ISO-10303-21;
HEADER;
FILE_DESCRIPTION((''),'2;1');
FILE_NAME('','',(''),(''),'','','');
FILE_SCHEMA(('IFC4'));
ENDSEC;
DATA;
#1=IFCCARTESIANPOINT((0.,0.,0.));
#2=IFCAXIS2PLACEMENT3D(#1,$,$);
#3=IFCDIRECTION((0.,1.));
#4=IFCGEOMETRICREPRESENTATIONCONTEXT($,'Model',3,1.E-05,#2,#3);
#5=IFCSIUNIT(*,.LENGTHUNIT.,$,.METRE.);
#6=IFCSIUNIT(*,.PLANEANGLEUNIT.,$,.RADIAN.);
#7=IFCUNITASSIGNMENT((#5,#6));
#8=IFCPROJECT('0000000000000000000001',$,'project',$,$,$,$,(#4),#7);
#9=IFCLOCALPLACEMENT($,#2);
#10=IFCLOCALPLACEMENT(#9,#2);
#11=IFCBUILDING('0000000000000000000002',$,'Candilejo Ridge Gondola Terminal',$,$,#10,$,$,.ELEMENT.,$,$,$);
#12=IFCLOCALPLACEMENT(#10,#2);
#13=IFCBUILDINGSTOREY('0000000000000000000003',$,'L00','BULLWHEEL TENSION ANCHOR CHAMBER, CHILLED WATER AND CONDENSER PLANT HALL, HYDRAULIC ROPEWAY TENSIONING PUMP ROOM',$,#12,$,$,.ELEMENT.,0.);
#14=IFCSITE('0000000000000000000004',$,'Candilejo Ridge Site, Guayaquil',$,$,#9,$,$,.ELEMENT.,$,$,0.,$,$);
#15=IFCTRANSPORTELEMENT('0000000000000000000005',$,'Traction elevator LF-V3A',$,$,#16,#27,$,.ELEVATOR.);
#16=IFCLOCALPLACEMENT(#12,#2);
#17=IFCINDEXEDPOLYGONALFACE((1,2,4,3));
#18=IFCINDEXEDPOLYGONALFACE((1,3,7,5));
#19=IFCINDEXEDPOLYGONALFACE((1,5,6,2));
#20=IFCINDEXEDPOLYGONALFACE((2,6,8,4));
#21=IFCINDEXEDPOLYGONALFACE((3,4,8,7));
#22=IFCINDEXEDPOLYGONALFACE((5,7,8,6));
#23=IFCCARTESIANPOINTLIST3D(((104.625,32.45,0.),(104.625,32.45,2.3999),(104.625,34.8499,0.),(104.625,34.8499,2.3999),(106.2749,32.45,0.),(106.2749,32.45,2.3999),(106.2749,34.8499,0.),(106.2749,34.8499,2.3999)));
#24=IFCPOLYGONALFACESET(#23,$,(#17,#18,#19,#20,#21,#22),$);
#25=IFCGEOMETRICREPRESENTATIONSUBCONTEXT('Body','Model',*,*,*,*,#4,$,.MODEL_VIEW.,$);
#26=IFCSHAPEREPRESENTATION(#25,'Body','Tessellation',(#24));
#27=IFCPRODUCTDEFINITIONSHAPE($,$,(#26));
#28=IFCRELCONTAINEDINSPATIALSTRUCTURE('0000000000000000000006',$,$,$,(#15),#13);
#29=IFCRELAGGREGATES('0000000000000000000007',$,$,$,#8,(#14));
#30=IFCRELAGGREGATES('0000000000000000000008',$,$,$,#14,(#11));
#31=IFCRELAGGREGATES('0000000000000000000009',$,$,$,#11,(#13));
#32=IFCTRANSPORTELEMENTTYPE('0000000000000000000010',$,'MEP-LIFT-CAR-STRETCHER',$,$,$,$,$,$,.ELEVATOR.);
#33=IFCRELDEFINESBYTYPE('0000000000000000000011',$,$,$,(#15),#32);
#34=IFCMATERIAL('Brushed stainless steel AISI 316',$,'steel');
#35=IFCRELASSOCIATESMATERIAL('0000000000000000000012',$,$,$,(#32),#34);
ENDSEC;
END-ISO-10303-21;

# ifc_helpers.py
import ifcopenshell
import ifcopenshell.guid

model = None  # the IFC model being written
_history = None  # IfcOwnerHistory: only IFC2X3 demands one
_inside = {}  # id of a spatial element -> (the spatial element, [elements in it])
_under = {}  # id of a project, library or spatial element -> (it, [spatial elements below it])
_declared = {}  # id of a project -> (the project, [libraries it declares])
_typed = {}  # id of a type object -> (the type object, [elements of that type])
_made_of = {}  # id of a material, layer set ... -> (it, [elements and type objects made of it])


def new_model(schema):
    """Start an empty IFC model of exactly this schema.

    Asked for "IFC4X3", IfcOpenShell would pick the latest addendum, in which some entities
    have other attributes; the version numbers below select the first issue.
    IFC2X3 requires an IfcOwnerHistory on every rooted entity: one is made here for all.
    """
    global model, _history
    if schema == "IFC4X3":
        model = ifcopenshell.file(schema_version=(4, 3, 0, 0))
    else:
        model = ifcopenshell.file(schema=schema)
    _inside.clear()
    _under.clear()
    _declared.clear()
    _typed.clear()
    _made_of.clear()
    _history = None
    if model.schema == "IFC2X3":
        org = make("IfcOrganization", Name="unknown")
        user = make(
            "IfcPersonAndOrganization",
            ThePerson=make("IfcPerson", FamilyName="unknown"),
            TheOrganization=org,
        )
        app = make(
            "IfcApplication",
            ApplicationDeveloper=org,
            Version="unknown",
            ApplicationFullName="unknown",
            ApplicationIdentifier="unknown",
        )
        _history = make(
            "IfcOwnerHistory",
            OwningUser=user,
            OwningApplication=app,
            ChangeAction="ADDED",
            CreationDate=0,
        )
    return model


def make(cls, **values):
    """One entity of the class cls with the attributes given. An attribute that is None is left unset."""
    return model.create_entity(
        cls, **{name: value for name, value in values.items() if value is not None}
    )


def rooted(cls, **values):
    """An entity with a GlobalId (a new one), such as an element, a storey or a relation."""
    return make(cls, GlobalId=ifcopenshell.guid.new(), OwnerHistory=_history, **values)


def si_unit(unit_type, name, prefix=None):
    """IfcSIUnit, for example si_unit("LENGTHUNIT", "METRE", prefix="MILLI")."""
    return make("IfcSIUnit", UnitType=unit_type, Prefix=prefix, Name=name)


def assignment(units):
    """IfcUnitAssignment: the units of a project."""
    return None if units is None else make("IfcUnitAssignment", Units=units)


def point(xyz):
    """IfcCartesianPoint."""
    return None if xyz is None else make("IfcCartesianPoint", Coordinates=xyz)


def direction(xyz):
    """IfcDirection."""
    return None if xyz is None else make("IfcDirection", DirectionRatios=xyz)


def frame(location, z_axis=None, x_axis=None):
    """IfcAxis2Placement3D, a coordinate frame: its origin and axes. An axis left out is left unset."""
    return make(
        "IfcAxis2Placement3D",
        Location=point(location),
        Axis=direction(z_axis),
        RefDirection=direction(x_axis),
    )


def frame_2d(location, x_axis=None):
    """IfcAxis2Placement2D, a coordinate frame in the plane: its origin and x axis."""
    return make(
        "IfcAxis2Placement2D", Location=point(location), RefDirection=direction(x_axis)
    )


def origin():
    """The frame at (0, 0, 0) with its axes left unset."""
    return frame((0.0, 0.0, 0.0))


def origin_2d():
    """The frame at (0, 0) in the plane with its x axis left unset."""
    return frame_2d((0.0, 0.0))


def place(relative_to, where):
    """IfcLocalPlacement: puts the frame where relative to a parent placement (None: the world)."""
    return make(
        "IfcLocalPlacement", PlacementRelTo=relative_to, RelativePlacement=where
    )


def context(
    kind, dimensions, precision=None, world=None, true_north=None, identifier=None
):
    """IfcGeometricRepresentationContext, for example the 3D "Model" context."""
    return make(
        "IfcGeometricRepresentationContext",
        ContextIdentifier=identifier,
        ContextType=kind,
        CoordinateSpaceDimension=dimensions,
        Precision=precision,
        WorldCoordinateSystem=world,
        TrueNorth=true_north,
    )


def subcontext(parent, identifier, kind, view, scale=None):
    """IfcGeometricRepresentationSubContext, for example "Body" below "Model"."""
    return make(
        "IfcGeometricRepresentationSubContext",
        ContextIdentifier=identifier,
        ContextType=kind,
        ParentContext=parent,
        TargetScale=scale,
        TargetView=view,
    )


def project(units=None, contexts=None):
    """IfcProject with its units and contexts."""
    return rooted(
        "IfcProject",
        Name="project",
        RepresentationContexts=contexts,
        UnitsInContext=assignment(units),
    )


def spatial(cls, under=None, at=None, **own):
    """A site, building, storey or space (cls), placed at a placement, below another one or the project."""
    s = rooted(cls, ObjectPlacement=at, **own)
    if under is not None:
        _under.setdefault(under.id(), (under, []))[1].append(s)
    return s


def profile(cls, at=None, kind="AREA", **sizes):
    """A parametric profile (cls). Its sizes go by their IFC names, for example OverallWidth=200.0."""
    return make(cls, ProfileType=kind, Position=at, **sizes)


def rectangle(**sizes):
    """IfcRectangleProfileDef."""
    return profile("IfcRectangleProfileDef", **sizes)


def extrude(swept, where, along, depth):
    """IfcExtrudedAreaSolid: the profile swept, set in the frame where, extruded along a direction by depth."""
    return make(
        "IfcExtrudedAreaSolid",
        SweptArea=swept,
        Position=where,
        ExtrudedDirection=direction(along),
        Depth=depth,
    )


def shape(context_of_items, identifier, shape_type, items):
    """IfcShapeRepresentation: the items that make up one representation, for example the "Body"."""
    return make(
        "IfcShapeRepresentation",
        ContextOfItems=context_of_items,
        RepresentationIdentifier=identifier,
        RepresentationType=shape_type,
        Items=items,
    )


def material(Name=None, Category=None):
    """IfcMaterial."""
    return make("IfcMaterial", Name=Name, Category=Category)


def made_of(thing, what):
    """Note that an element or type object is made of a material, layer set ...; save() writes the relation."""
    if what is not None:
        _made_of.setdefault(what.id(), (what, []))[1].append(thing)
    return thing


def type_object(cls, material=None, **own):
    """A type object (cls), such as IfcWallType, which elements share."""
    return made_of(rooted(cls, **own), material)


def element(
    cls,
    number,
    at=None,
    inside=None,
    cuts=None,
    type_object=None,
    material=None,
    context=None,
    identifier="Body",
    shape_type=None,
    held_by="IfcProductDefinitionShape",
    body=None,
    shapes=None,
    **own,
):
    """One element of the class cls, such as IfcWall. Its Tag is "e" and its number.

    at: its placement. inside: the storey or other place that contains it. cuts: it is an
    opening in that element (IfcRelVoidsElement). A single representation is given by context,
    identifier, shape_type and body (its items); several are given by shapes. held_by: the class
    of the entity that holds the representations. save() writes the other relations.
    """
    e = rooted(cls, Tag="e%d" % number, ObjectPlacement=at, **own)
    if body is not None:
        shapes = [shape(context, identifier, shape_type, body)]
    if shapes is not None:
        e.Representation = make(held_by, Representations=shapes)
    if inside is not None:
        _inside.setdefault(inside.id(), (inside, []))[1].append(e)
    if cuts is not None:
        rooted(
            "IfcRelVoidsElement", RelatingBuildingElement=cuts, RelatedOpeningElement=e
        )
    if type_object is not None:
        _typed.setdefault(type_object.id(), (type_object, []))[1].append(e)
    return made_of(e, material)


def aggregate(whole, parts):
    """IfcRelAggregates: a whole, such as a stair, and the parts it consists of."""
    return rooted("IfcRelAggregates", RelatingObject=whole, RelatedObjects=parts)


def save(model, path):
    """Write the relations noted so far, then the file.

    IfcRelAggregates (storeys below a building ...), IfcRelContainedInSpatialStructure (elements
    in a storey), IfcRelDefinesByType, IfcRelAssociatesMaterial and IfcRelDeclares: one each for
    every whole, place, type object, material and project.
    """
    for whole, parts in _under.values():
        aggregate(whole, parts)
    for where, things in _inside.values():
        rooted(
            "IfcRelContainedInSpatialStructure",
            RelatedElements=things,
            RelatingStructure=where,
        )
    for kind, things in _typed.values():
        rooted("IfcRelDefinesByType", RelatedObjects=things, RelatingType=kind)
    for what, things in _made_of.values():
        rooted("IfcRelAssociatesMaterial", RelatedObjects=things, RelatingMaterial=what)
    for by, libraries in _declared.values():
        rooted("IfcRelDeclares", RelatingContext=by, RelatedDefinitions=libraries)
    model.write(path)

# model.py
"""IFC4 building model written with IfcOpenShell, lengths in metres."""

from ifc_helpers import new_model, si_unit, direction, frame, origin, origin_2d, place, context, subcontext, project, spatial, rectangle, extrude, material, type_object, element, save


model = new_model("IFC4")

# Units and contexts
model_context = context("Model", 3, precision=1e-05, world=origin(), true_north=direction((0.0, 1.0)))
body_context = subcontext(model_context, "Body", "Model", "MODEL_VIEW")
ifc_project = project(units=[si_unit("LENGTHUNIT", "METRE"), si_unit("PLANEANGLEUNIT", "RADIAN")], contexts=[model_context])

# Site, building, storey
site_placement = place(None, origin())
site = spatial("IfcSite", under=ifc_project, at=site_placement, Name="Candilejo Ridge Site, Guayaquil", CompositionType="ELEMENT", RefElevation=0.0)
building_placement = place(site_placement, origin())
building = spatial("IfcBuilding", under=site, at=building_placement, Name="Candilejo Ridge Gondola Terminal", CompositionType="ELEMENT")
storey_placement = place(building_placement, origin())
storey = spatial("IfcBuildingStorey", under=building, at=storey_placement, Name="L00", Description="BULLWHEEL TENSION ANCHOR CHAMBER, CHILLED WATER AND CONDENSER PLANT HALL, HYDRAULIC ROPEWAY TENSIONING PUMP ROOM", CompositionType="ELEMENT", Elevation=0.0)

# Transport element
ifc_material_1 = material(Name="Brushed stainless steel AISI 316", Category="steel")
transport_element_type = type_object("IfcTransportElementType", Name="MEP-LIFT-CAR-STRETCHER", PredefinedType="ELEVATOR", material=ifc_material_1)
transport_element_placement = place(storey_placement, frame((105.45, 33.6499, 0.0), z_axis=(0.0, 0.0, 1.0), x_axis=(1.0, 0.0, 0.0)))
element("IfcTransportElement", 1, at=transport_element_placement, inside=storey, type_object=transport_element_type, Name="Traction elevator LF-V3A", PredefinedType="ELEVATOR", context=body_context, shape_type="SweptSolid", body=[
    extrude(rectangle(XDim=1.6499, YDim=2.3999, at=origin_2d()), origin(), (0.0, 0.0, 1.0), 2.3999),
])

save(model, "model.ifc")
